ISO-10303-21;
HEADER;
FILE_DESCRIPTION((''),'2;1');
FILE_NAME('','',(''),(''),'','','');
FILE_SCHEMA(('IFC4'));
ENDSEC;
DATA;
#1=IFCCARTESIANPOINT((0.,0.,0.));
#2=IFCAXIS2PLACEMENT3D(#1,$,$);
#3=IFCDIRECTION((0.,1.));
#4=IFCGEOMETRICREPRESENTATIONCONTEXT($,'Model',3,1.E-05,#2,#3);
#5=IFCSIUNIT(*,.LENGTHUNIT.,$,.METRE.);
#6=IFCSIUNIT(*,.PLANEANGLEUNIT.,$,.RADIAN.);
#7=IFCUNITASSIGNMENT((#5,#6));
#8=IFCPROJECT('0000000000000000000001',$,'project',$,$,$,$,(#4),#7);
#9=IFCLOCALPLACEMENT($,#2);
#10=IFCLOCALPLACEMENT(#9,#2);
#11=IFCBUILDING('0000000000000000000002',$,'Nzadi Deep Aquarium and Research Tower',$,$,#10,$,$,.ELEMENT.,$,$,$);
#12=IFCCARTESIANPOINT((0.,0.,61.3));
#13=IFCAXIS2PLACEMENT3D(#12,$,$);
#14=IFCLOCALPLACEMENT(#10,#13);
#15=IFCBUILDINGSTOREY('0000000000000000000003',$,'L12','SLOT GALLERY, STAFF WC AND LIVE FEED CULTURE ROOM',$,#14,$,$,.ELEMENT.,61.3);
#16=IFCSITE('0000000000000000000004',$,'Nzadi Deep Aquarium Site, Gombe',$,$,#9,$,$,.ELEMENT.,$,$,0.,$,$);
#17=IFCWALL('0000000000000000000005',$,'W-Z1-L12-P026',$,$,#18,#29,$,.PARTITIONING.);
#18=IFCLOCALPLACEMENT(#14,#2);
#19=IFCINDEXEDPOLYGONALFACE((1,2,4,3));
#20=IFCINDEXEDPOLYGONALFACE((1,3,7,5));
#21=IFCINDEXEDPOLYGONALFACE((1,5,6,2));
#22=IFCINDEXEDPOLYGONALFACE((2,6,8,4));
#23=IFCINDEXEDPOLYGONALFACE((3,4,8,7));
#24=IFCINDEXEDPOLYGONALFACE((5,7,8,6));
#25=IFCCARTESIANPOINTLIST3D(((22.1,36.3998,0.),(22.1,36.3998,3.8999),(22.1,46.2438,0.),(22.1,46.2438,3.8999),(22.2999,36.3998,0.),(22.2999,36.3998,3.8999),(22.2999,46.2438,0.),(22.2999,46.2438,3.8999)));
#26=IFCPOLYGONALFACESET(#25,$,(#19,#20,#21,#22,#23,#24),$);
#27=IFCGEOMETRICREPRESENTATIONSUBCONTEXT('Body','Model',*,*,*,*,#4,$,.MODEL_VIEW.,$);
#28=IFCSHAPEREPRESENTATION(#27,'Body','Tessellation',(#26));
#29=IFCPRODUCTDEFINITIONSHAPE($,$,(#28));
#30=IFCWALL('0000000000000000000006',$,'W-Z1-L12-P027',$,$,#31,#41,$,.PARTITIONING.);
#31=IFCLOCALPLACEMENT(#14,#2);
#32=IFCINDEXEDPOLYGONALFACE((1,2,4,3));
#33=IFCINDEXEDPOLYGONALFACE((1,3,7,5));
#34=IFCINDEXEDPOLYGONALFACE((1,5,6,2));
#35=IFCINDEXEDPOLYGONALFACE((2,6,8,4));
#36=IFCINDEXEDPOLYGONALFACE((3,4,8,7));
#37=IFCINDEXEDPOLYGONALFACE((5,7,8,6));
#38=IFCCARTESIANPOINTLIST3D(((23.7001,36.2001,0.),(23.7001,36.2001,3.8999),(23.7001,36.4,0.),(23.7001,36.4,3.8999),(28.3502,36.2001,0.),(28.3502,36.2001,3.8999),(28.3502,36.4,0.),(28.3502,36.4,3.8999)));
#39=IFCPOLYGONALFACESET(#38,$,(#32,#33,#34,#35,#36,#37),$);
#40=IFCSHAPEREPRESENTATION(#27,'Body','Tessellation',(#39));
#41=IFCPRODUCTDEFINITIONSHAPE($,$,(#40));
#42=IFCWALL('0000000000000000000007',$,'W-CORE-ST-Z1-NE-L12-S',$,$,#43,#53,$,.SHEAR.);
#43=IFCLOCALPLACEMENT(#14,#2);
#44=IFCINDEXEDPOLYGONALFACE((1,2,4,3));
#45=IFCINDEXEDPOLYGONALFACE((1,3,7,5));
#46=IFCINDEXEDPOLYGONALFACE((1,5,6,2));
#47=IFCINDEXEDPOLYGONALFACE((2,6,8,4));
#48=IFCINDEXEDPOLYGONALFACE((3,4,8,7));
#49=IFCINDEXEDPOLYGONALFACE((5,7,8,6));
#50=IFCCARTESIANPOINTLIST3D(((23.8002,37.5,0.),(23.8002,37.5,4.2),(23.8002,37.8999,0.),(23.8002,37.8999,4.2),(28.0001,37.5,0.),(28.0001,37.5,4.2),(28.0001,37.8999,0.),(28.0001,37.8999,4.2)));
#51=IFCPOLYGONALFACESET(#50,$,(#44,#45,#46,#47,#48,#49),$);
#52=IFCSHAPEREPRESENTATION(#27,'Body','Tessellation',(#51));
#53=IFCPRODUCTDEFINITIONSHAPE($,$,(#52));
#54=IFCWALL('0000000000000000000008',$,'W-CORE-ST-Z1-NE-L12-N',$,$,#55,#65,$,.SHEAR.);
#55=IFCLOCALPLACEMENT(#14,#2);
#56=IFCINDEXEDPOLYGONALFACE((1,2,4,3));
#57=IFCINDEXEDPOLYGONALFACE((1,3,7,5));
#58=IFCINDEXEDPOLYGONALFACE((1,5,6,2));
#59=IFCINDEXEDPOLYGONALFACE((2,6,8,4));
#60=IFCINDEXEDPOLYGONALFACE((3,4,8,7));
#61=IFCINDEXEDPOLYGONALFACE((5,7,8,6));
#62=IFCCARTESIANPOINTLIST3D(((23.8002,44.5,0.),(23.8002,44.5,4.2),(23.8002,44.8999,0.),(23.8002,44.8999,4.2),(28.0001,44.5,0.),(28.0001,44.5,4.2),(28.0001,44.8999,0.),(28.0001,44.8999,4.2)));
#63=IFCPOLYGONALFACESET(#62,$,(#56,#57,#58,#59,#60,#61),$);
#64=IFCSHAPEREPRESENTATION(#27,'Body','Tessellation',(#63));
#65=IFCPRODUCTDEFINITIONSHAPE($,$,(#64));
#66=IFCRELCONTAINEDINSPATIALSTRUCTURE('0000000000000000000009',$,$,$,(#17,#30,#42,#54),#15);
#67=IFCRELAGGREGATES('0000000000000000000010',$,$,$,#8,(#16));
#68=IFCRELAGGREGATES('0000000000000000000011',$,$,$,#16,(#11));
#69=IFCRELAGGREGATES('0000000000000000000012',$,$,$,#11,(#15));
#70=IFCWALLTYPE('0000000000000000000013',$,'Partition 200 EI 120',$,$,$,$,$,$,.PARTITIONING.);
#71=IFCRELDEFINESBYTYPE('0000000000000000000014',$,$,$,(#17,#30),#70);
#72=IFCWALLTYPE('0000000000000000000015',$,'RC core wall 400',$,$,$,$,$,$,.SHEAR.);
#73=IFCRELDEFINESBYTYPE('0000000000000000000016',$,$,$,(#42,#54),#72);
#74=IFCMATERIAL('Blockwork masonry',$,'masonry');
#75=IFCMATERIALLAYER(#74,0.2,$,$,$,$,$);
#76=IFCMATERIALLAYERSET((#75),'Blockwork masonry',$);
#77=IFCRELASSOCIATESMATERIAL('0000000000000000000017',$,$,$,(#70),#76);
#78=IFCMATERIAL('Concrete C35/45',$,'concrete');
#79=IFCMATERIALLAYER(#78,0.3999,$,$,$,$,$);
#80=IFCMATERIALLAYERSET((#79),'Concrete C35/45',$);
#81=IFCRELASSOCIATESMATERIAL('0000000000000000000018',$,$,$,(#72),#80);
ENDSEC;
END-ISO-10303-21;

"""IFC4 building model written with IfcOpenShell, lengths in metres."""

from ifc_helpers import new_model, si_unit, direction, frame, frame_2d, origin, place, context, subcontext, project, spatial, rectangle, extrude, material, layer, layer_set, type_object, element, save


model = new_model("IFC4")

# Units and contexts
model_context = context("Model", 3, precision=1e-05, world=origin(), true_north=direction((0.0, 1.0)))
body_context = subcontext(model_context, "Body", "Model", "MODEL_VIEW")
ifc_project = project(units=[si_unit("LENGTHUNIT", "METRE"), si_unit("PLANEANGLEUNIT", "RADIAN")], contexts=[model_context])

# Site, building, storey
site_placement = place(None, origin())
site = spatial("IfcSite", under=ifc_project, at=site_placement, Name="Nzadi Deep Aquarium Site, Gombe", CompositionType="ELEMENT", RefElevation=0.0)
building_placement = place(site_placement, origin())
building = spatial("IfcBuilding", under=site, at=building_placement, Name="Nzadi Deep Aquarium and Research Tower", CompositionType="ELEMENT")
storey_placement = place(building_placement, frame((0.0, 0.0, 61.3)))
storey = spatial("IfcBuildingStorey", under=building, at=storey_placement, Name="L12", Description="SLOT GALLERY, STAFF WC AND LIVE FEED CULTURE ROOM", CompositionType="ELEMENT", Elevation=61.3)

# Walls
ifc_material_1 = material(Name="Blockwork masonry", Category="masonry")
ifc_layer_1 = layer(ifc_material_1, 0.2)
ifc_layer_set_1 = layer_set([ifc_layer_1], Name="Blockwork masonry")
wall_type_1 = type_object("IfcWallType", Name="Partition 200 EI 120", PredefinedType="PARTITIONING", material=ifc_layer_set_1)
wall_1_placement = place(storey_placement, frame((22.2, 36.3999, 0.0), z_axis=(0.0, 0.0, 1.0), x_axis=(0.0, 1.0, 0.0)))
element("IfcWall", 1, at=wall_1_placement, inside=storey, type_object=wall_type_1, Name="W-Z1-L12-P026", PredefinedType="PARTITIONING", context=body_context, shape_type="SweptSolid", body=[
    extrude(rectangle(XDim=9.844, YDim=0.2, at=frame_2d((4.9219, 0.0))), origin(), (0.0, 0.0, 1.0), 3.8999),
])
wall_2_placement = place(storey_placement, frame((23.7, 36.3, 0.0), z_axis=(0.0, 0.0, 1.0), x_axis=(1.0, 0.0, 0.0)))
element("IfcWall", 2, at=wall_2_placement, inside=storey, type_object=wall_type_1, Name="W-Z1-L12-P027", PredefinedType="PARTITIONING", context=body_context, shape_type="SweptSolid", body=[
    extrude(rectangle(XDim=4.6501, YDim=0.2, at=frame_2d((2.3252, 0.0))), origin(), (0.0, 0.0, 1.0), 3.8999),
])
ifc_material_2 = material(Name="Concrete C35/45", Category="concrete")
ifc_layer_2 = layer(ifc_material_2, 0.3999)
ifc_layer_set_2 = layer_set([ifc_layer_2], Name="Concrete C35/45")
wall_type_2 = type_object("IfcWallType", Name="RC core wall 400", PredefinedType="SHEAR", material=ifc_layer_set_2)
for number, where, z_axis, x_axis, name in (
    (3, (23.8, 37.7, 0.0), (0.0, 0.0, 1.0), (1.0, 0.0, 0.0), "W-CORE-ST-Z1-NE-L12-S"),
    (4, (23.8, 44.7, 0.0), (0.0, 0.0, 1.0), (1.0, 0.0, 0.0), "W-CORE-ST-Z1-NE-L12-N"),
):
    element("IfcWall", number, at=place(storey_placement, frame(where, z_axis=z_axis, x_axis=x_axis)), inside=storey, type_object=wall_type_2, Name=name, PredefinedType="SHEAR", context=body_context, shape_type="SweptSolid", body=[
        extrude(rectangle(XDim=4.2, YDim=0.3999, at=frame_2d((2.1001, 0.0))), origin(), (0.0, 0.0, 1.0), 4.2),
    ])

save(model, "model.ifc")
